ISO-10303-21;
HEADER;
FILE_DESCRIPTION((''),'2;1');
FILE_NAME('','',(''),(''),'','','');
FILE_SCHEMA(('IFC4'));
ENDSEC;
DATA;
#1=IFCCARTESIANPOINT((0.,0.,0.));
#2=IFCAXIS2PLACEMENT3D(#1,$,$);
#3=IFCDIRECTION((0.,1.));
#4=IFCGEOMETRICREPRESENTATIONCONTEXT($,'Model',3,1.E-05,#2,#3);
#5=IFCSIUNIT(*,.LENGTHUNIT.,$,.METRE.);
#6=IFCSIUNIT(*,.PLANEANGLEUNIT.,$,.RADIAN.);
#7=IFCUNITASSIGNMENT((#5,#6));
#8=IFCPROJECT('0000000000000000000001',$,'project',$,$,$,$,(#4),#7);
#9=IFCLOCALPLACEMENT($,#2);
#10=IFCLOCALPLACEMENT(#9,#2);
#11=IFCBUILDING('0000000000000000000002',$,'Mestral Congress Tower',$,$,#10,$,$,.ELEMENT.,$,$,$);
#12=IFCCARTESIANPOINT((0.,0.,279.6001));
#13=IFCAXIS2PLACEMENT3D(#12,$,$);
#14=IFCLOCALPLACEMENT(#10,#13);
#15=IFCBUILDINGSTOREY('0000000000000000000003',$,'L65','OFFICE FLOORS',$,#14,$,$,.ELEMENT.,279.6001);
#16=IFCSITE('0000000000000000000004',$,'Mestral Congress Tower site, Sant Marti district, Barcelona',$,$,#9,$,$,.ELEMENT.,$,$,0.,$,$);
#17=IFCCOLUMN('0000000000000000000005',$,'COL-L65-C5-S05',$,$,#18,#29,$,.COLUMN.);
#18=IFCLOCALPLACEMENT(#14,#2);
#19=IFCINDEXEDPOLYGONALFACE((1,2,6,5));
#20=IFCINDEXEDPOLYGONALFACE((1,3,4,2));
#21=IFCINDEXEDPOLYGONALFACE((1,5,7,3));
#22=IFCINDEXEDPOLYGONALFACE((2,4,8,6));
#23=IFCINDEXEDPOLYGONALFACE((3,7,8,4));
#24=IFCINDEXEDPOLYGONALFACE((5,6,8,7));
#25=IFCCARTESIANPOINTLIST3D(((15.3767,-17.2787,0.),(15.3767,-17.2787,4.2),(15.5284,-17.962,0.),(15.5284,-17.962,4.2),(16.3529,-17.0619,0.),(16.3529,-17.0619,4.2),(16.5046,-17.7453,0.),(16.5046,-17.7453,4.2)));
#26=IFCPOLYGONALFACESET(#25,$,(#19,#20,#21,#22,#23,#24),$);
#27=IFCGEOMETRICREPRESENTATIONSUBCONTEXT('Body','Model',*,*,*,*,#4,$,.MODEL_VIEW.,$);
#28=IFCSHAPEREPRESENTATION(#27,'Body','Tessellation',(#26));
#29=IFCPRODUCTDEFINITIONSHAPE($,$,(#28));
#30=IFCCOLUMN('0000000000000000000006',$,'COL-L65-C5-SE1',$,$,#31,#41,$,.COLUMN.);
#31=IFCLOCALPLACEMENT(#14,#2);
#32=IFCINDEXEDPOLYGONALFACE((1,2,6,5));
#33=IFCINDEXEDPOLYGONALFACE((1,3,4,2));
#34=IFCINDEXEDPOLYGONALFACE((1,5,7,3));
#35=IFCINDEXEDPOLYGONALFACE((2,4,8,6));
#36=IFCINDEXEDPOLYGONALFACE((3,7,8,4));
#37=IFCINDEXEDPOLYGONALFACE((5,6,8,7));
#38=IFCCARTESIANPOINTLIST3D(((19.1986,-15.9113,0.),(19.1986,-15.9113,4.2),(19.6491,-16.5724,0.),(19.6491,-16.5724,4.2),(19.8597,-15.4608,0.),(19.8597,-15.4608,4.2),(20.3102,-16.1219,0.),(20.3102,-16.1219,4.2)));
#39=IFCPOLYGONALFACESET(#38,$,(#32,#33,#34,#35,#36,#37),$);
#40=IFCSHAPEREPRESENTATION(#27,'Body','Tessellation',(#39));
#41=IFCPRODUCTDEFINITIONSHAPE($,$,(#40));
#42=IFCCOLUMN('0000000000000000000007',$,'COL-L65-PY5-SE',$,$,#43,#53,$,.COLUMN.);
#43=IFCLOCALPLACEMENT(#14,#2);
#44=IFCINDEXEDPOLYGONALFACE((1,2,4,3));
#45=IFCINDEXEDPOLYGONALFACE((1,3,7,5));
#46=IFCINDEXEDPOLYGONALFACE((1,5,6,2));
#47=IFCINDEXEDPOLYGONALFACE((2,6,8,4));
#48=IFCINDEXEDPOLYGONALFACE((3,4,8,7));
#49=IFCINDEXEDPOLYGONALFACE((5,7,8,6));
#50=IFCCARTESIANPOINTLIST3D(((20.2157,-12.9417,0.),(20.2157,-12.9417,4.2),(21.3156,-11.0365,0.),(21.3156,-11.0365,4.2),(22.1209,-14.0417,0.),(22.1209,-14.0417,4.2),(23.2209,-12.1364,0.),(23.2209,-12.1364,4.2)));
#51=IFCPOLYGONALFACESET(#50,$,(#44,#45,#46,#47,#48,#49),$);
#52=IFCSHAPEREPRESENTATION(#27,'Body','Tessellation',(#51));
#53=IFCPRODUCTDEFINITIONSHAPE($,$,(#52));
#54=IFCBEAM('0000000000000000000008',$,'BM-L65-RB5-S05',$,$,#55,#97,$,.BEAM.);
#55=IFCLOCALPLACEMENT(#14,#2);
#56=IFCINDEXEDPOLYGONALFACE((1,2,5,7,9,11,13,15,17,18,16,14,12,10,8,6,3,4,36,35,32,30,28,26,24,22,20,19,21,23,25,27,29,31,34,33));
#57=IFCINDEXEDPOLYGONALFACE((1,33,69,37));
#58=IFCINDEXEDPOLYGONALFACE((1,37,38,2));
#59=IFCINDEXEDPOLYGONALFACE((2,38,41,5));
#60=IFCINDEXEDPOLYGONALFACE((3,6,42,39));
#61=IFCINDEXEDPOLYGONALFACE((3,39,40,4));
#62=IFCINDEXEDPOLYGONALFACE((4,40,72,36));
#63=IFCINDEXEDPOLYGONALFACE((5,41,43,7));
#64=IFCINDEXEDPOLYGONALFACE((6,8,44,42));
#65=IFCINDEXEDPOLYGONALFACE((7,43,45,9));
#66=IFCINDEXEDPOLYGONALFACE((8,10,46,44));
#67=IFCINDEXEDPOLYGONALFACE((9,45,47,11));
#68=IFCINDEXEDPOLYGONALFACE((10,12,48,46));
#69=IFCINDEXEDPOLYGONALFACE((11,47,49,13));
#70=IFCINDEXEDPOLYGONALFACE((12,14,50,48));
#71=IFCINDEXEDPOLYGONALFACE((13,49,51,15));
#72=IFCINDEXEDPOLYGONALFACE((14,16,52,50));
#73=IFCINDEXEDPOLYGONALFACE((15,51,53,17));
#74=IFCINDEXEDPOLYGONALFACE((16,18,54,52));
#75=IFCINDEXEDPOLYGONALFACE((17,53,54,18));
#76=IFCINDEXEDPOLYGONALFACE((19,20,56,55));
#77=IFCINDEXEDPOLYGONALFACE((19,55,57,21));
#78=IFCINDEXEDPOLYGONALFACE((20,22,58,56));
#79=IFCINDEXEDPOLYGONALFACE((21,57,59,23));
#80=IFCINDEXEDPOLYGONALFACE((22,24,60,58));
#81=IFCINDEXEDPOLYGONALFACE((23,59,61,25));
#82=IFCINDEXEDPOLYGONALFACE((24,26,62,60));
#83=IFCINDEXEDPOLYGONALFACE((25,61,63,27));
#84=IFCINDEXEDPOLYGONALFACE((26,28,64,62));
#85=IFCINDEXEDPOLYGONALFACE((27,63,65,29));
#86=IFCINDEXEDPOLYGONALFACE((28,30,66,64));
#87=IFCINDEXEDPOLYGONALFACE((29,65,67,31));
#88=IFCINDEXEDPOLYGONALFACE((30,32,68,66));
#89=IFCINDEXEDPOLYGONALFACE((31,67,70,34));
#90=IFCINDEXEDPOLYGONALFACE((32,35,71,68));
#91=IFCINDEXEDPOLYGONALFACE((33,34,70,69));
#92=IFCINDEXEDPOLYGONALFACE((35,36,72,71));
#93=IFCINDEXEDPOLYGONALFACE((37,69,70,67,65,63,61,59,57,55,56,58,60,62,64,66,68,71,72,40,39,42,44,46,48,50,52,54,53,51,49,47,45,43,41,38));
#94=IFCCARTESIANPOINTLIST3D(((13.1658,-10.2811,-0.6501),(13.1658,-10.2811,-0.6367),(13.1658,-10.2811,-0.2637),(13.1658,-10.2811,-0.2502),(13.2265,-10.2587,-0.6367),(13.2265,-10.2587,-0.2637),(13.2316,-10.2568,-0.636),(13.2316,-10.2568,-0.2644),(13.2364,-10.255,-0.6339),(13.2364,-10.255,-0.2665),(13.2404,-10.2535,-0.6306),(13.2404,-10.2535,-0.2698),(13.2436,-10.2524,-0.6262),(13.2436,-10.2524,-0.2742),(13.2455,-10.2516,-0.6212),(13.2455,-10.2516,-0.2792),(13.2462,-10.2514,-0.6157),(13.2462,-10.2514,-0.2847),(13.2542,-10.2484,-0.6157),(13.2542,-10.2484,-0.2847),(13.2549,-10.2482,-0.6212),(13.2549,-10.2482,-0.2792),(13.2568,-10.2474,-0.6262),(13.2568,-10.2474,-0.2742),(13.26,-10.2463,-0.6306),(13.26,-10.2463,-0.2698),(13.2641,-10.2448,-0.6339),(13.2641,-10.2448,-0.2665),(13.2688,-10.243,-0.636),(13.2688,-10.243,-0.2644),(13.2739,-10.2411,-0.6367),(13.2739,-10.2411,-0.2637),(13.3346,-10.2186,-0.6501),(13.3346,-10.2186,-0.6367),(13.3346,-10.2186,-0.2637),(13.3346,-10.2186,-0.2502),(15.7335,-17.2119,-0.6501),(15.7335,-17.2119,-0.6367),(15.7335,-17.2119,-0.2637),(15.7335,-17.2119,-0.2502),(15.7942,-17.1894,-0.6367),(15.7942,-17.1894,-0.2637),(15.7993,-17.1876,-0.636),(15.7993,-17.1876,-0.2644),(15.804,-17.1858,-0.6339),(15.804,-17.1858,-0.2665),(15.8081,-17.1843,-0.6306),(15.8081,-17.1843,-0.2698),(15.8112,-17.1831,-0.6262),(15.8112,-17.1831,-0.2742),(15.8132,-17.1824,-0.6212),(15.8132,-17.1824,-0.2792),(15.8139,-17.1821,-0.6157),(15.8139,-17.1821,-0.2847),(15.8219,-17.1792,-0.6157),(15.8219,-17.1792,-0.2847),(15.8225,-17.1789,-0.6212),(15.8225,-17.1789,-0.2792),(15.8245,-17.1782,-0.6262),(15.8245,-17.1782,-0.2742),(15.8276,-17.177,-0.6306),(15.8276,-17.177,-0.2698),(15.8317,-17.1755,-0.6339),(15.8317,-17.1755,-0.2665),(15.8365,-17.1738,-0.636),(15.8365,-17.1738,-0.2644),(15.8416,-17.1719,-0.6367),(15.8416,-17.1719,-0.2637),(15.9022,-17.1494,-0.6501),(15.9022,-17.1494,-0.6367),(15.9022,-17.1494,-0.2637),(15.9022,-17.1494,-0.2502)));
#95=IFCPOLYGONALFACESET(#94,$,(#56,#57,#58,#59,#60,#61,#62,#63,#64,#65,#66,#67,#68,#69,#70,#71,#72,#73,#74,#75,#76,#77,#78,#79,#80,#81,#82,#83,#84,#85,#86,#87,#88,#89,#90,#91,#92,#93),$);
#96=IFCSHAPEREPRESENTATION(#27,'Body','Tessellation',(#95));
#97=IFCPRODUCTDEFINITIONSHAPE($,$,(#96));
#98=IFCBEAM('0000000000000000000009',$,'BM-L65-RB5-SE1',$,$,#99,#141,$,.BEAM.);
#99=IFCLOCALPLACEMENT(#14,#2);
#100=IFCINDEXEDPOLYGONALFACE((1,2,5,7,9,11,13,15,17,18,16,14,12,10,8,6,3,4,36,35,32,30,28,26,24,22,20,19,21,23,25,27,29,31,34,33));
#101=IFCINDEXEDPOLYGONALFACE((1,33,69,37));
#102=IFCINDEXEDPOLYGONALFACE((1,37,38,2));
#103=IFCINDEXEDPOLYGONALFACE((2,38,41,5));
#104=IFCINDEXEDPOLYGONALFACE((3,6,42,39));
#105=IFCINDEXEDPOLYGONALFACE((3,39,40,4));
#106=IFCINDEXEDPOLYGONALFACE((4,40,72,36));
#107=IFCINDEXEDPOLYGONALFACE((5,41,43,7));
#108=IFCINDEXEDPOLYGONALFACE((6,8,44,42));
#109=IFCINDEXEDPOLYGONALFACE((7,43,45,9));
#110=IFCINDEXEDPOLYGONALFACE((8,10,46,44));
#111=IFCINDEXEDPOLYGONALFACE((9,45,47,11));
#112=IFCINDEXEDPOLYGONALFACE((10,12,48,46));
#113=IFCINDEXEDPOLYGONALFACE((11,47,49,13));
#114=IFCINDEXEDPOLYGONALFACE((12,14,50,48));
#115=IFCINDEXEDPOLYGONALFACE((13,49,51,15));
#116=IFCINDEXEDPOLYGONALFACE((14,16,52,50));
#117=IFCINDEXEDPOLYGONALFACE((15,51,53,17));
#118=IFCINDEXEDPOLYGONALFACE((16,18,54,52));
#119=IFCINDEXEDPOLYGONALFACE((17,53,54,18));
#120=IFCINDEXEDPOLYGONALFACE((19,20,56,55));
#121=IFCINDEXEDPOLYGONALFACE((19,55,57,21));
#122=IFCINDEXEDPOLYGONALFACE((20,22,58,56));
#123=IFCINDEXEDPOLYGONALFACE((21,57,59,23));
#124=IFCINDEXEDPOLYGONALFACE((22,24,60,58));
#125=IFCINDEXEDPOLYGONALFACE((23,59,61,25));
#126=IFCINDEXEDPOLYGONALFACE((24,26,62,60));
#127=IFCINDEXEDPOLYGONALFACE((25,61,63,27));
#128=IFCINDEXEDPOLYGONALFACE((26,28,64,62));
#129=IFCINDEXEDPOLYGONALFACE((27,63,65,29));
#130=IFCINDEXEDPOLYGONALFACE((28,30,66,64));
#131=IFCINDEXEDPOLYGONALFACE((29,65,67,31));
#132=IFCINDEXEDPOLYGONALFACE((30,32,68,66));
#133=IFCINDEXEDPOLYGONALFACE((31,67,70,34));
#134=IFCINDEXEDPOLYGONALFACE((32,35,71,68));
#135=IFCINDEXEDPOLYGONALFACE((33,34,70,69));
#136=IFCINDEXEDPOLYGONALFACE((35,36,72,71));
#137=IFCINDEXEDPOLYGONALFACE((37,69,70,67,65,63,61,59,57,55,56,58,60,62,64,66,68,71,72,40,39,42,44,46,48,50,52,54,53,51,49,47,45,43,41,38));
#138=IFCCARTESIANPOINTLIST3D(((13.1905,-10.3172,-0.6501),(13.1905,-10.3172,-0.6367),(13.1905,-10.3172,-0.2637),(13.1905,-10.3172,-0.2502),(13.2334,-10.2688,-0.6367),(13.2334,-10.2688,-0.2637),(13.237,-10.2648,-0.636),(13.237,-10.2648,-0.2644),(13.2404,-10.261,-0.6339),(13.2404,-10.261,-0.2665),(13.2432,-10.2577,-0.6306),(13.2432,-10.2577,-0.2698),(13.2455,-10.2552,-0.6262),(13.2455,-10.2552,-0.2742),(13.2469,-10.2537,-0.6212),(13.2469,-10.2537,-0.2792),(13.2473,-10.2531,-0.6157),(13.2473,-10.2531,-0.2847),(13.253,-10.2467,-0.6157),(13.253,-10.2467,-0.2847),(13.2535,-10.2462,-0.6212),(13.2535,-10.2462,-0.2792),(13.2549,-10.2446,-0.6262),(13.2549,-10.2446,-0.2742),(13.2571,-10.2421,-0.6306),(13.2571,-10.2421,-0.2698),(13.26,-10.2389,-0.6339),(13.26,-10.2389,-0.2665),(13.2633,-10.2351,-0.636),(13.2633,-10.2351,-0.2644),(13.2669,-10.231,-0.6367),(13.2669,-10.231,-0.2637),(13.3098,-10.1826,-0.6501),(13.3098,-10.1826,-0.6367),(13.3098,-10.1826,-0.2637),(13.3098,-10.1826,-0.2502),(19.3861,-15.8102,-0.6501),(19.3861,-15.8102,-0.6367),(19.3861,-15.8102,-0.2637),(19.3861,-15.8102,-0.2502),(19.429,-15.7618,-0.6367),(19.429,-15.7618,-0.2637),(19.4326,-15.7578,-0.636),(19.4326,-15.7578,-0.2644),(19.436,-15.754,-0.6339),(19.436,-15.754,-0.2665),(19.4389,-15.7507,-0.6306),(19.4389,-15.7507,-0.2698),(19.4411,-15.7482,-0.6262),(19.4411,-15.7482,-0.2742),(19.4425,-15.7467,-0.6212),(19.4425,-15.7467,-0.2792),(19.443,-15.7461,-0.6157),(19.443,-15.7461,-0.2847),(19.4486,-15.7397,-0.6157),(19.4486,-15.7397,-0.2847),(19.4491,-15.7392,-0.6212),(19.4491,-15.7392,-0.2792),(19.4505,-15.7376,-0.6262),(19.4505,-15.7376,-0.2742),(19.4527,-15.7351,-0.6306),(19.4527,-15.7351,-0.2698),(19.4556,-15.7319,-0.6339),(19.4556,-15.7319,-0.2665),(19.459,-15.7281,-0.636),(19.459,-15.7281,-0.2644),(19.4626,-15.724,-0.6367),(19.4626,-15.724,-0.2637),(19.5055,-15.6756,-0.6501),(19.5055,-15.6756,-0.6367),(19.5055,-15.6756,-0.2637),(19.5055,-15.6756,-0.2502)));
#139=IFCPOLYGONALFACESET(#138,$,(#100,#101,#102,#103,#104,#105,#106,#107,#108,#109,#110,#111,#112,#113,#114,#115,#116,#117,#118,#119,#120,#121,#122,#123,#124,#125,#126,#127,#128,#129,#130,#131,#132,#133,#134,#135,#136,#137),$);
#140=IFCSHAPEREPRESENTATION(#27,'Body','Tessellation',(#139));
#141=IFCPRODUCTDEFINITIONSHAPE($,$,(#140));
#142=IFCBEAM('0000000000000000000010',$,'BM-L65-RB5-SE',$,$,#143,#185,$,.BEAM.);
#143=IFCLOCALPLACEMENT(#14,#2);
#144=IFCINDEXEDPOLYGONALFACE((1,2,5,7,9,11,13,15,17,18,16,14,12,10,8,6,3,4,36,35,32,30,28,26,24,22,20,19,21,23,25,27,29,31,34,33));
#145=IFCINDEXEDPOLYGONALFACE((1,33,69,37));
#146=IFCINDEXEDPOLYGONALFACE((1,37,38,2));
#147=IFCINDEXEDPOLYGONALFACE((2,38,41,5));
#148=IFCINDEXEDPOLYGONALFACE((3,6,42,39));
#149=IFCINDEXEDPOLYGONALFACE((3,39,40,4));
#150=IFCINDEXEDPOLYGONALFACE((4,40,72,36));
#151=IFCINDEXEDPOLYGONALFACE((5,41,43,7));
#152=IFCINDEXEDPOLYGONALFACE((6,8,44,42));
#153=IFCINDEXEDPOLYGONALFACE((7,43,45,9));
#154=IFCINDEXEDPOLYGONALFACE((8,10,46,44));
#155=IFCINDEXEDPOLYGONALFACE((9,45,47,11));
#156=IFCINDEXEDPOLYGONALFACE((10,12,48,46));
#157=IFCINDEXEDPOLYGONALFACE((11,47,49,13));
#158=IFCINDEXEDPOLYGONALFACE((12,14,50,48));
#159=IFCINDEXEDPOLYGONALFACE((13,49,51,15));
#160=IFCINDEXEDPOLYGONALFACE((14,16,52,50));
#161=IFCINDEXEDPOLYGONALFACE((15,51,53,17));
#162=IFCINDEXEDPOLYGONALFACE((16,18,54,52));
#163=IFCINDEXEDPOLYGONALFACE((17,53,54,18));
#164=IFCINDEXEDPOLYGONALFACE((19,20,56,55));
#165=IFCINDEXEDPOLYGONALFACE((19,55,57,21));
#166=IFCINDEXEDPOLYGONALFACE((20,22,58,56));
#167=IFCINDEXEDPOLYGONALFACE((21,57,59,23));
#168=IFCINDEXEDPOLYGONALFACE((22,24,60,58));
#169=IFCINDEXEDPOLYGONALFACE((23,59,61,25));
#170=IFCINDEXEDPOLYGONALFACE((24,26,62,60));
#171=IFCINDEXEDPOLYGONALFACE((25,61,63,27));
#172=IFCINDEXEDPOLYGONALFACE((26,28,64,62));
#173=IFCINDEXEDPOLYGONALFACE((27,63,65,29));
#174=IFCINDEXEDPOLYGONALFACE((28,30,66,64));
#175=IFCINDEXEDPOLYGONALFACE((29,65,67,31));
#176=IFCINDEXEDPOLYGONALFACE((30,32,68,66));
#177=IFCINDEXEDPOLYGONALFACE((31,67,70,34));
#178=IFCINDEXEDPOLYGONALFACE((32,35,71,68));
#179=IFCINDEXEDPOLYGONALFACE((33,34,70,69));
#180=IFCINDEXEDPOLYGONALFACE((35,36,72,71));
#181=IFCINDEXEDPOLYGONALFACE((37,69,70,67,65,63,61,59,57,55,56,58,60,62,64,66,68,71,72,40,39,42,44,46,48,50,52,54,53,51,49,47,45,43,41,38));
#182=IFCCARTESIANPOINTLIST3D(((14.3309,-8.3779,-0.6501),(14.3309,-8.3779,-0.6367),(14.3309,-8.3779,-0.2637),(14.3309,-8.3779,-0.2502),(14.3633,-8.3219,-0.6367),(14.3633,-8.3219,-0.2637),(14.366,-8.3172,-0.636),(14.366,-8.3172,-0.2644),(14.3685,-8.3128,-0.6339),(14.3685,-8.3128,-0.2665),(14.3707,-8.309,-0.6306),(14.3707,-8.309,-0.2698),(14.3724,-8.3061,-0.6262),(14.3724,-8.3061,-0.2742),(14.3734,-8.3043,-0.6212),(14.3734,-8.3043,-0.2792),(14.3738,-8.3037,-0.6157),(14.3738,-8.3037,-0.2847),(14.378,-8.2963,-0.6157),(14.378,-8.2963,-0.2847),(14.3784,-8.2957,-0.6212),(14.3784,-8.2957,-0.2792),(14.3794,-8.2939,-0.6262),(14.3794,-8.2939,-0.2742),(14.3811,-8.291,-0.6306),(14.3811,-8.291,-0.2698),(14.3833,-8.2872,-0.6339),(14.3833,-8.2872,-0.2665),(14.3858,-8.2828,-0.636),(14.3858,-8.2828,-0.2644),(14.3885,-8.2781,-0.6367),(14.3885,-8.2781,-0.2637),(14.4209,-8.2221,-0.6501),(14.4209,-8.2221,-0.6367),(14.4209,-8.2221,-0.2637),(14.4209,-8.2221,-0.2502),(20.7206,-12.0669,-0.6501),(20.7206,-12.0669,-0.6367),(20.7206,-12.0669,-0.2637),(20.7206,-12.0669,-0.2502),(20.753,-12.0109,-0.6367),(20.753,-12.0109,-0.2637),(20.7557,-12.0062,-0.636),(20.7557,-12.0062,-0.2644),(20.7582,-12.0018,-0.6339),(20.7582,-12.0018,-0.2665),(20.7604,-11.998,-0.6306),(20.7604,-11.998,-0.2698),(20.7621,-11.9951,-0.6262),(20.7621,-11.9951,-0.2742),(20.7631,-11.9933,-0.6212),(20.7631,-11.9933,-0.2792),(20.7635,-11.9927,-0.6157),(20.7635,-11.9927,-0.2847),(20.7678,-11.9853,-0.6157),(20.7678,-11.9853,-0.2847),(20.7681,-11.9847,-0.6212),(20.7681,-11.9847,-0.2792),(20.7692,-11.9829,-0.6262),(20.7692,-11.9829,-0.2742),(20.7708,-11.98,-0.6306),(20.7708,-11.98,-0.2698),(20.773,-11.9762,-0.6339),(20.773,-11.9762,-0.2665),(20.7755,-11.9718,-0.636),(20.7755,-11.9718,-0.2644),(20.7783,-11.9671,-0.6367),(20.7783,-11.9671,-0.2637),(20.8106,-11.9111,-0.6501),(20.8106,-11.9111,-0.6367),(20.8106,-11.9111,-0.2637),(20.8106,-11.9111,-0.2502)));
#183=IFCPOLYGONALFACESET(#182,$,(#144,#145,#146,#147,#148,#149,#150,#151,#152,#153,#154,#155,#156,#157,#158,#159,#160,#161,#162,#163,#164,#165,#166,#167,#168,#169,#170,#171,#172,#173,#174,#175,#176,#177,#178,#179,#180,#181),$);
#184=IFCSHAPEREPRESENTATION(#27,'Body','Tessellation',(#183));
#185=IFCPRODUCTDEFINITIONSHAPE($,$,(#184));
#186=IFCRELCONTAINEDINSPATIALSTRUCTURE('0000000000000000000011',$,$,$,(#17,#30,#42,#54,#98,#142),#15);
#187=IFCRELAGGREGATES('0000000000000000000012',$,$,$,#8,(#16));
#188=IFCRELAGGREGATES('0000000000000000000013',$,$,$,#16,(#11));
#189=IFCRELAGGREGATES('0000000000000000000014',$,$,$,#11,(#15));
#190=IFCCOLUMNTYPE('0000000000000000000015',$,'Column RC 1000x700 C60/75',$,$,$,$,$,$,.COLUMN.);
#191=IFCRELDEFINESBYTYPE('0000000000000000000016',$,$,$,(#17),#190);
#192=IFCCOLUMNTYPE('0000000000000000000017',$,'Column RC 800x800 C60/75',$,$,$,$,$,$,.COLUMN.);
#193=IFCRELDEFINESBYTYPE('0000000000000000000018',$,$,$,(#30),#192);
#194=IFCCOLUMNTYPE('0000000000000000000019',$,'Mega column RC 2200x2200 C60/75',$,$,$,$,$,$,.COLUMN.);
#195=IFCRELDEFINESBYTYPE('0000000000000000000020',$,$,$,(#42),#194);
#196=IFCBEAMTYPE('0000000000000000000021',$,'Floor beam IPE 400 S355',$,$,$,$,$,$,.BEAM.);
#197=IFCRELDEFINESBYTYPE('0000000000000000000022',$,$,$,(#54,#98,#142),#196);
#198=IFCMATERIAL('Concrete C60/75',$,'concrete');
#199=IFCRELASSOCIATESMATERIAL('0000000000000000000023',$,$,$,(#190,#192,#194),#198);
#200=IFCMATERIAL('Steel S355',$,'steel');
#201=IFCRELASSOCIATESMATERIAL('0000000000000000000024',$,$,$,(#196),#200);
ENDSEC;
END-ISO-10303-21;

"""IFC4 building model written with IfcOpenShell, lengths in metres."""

from ifc_helpers import new_model, si_unit, direction, frame, origin, origin_2d, place, context, subcontext, project, spatial, rectangle, i_section, extrude, material, material_profile, profile_set, type_object, element, save


model = new_model("IFC4")

# Units and contexts
model_context = context("Model", 3, precision=1e-05, world=origin(), true_north=direction((0.0, 1.0)))
body_context = subcontext(model_context, "Body", "Model", "MODEL_VIEW")
ifc_project = project(units=[si_unit("LENGTHUNIT", "METRE"), si_unit("PLANEANGLEUNIT", "RADIAN")], contexts=[model_context])

# Site, building, storey
site_placement = place(None, origin())
site = spatial("IfcSite", under=ifc_project, at=site_placement, Name="Mestral Congress Tower site, Sant Marti district, Barcelona", CompositionType="ELEMENT", RefElevation=0.0)
building_placement = place(site_placement, origin())
building = spatial("IfcBuilding", under=site, at=building_placement, Name="Mestral Congress Tower", CompositionType="ELEMENT")
storey_placement = place(building_placement, frame((0.0, 0.0, 279.6001)))
storey = spatial("IfcBuildingStorey", under=building, at=storey_placement, Name="L65", Description="OFFICE FLOORS", CompositionType="ELEMENT", Elevation=279.6001)

# Columns
ifc_material_1 = material(Name="Concrete C60/75", Category="concrete")
ifc_material_profile_1 = material_profile(ifc_material_1, rectangle(XDim=1.0, YDim=0.7, at=origin_2d()), Name="RC 1000x700")
ifc_profile_set_1 = profile_set([ifc_material_profile_1], Name="Concrete C60/75")
column_type_1 = type_object("IfcColumnType", Name="Column RC 1000x700 C60/75", PredefinedType="COLUMN", material=ifc_profile_set_1)
column_1_placement = place(storey_placement, frame((15.9407, -17.512, 0.0), z_axis=(0.0, 0.0, 1.0), x_axis=(0.976234, 0.216721, 0.0)))
element("IfcColumn", 1, at=column_1_placement, inside=storey, type_object=column_type_1, Name="COL-L65-C5-S05", PredefinedType="COLUMN", context=body_context, shape_type="SweptSolid", body=[
    extrude(rectangle(XDim=1.0, YDim=0.7, at=origin_2d()), origin(), (0.0, 0.0, 1.0), 4.2),
])
ifc_material_profile_2 = material_profile(ifc_material_1, rectangle(XDim=0.8, YDim=0.8, at=origin_2d()), Name="RC 800x800")
ifc_profile_set_2 = profile_set([ifc_material_profile_2], Name="Concrete C60/75")
column_type_2 = type_object("IfcColumnType", Name="Column RC 800x800 C60/75", PredefinedType="COLUMN", material=ifc_profile_set_2)
column_2_placement = place(storey_placement, frame((19.7544, -16.0166, 0.0), z_axis=(0.0, 0.0, 1.0), x_axis=(0.826363, 0.563138, 0.0)))
element("IfcColumn", 2, at=column_2_placement, inside=storey, type_object=column_type_2, Name="COL-L65-C5-SE1", PredefinedType="COLUMN", context=body_context, shape_type="SweptSolid", body=[
    extrude(rectangle(XDim=0.8, YDim=0.8, at=origin_2d()), origin(), (0.0, 0.0, 1.0), 4.2),
])
ifc_material_profile_3 = material_profile(ifc_material_1, rectangle(XDim=2.2, YDim=2.2, at=origin_2d()), Name="RC 2200x2200")
ifc_profile_set_3 = profile_set([ifc_material_profile_3], Name="Concrete C60/75")
column_type_3 = type_object("IfcColumnType", Name="Mega column RC 2200x2200 C60/75", PredefinedType="COLUMN", material=ifc_profile_set_3)
column_3_placement = place(storey_placement, frame((21.7183, -12.5391, 0.0), z_axis=(0.0, 0.0, 1.0), x_axis=(0.866025, -0.5, 0.0)))
element("IfcColumn", 3, at=column_3_placement, inside=storey, type_object=column_type_3, Name="COL-L65-PY5-SE", PredefinedType="COLUMN", context=body_context, shape_type="SweptSolid", body=[
    extrude(rectangle(XDim=2.2, YDim=2.2, at=origin_2d()), origin(), (0.0, 0.0, 1.0), 4.2),
])

# Beams
ifc_material_2 = material(Name="Steel S355", Category="steel")
ifc_material_profile_4 = material_profile(ifc_material_2, i_section(OverallWidth=0.1799, OverallDepth=0.3999, WebThickness=0.0085, FlangeThickness=0.0134, FilletRadius=0.021, at=origin_2d()), Name="IPE 400")
ifc_profile_set_4 = profile_set([ifc_material_profile_4], Name="Steel S355")
beam_type_1 = type_object("IfcBeamType", Name="Floor beam IPE 400 S355", PredefinedType="BEAM", material=ifc_profile_set_4)
beam_1_placement = place(storey_placement, frame((15.8179, -17.1807, -0.4502), z_axis=(-0.347399, 0.937717, 0.0), x_axis=(-0.937717, -0.347399, 0.0)))
element("IfcBeam", 4, at=beam_1_placement, inside=storey, type_object=beam_type_1, Name="BM-L65-RB5-S05", PredefinedType="BEAM", context=body_context, shape_type="SweptSolid", body=[
    extrude(i_section(OverallWidth=0.1799, OverallDepth=0.3999, WebThickness=0.0085, FlangeThickness=0.0134, FilletRadius=0.021, at=origin_2d()), origin(), (0.0, 0.0, 1.0), 7.3911),
])
beam_2_placement = place(storey_placement, frame((19.4458, -15.7429, -0.4502), z_axis=(-0.748263, 0.663402, 0.0), x_axis=(-0.663402, -0.748263, 0.0)))
element("IfcBeam", 5, at=beam_2_placement, inside=storey, type_object=beam_type_1, Name="BM-L65-RB5-SE1", PredefinedType="BEAM", context=body_context, shape_type="SweptSolid", body=[
    extrude(i_section(OverallWidth=0.1799, OverallDepth=0.3999, WebThickness=0.0085, FlangeThickness=0.0134, FilletRadius=0.021, at=origin_2d()), origin(), (0.0, 0.0, 1.0), 8.28),
])
beam_3_placement = place(storey_placement, frame((20.7656, -11.989, -0.4502), z_axis=(-0.866031, 0.49999, 0.0), x_axis=(-0.49999, -0.866031, 0.0)))
element("IfcBeam", 6, at=beam_3_placement, inside=storey, type_object=beam_type_1, Name="BM-L65-RB5-SE", PredefinedType="BEAM", context=body_context, shape_type="SweptSolid", body=[
    extrude(i_section(OverallWidth=0.1799, OverallDepth=0.3999, WebThickness=0.0085, FlangeThickness=0.0134, FilletRadius=0.021, at=origin_2d()), origin(), (0.0, 0.0, 1.0), 7.3782),
])

save(model, "model.ifc")
